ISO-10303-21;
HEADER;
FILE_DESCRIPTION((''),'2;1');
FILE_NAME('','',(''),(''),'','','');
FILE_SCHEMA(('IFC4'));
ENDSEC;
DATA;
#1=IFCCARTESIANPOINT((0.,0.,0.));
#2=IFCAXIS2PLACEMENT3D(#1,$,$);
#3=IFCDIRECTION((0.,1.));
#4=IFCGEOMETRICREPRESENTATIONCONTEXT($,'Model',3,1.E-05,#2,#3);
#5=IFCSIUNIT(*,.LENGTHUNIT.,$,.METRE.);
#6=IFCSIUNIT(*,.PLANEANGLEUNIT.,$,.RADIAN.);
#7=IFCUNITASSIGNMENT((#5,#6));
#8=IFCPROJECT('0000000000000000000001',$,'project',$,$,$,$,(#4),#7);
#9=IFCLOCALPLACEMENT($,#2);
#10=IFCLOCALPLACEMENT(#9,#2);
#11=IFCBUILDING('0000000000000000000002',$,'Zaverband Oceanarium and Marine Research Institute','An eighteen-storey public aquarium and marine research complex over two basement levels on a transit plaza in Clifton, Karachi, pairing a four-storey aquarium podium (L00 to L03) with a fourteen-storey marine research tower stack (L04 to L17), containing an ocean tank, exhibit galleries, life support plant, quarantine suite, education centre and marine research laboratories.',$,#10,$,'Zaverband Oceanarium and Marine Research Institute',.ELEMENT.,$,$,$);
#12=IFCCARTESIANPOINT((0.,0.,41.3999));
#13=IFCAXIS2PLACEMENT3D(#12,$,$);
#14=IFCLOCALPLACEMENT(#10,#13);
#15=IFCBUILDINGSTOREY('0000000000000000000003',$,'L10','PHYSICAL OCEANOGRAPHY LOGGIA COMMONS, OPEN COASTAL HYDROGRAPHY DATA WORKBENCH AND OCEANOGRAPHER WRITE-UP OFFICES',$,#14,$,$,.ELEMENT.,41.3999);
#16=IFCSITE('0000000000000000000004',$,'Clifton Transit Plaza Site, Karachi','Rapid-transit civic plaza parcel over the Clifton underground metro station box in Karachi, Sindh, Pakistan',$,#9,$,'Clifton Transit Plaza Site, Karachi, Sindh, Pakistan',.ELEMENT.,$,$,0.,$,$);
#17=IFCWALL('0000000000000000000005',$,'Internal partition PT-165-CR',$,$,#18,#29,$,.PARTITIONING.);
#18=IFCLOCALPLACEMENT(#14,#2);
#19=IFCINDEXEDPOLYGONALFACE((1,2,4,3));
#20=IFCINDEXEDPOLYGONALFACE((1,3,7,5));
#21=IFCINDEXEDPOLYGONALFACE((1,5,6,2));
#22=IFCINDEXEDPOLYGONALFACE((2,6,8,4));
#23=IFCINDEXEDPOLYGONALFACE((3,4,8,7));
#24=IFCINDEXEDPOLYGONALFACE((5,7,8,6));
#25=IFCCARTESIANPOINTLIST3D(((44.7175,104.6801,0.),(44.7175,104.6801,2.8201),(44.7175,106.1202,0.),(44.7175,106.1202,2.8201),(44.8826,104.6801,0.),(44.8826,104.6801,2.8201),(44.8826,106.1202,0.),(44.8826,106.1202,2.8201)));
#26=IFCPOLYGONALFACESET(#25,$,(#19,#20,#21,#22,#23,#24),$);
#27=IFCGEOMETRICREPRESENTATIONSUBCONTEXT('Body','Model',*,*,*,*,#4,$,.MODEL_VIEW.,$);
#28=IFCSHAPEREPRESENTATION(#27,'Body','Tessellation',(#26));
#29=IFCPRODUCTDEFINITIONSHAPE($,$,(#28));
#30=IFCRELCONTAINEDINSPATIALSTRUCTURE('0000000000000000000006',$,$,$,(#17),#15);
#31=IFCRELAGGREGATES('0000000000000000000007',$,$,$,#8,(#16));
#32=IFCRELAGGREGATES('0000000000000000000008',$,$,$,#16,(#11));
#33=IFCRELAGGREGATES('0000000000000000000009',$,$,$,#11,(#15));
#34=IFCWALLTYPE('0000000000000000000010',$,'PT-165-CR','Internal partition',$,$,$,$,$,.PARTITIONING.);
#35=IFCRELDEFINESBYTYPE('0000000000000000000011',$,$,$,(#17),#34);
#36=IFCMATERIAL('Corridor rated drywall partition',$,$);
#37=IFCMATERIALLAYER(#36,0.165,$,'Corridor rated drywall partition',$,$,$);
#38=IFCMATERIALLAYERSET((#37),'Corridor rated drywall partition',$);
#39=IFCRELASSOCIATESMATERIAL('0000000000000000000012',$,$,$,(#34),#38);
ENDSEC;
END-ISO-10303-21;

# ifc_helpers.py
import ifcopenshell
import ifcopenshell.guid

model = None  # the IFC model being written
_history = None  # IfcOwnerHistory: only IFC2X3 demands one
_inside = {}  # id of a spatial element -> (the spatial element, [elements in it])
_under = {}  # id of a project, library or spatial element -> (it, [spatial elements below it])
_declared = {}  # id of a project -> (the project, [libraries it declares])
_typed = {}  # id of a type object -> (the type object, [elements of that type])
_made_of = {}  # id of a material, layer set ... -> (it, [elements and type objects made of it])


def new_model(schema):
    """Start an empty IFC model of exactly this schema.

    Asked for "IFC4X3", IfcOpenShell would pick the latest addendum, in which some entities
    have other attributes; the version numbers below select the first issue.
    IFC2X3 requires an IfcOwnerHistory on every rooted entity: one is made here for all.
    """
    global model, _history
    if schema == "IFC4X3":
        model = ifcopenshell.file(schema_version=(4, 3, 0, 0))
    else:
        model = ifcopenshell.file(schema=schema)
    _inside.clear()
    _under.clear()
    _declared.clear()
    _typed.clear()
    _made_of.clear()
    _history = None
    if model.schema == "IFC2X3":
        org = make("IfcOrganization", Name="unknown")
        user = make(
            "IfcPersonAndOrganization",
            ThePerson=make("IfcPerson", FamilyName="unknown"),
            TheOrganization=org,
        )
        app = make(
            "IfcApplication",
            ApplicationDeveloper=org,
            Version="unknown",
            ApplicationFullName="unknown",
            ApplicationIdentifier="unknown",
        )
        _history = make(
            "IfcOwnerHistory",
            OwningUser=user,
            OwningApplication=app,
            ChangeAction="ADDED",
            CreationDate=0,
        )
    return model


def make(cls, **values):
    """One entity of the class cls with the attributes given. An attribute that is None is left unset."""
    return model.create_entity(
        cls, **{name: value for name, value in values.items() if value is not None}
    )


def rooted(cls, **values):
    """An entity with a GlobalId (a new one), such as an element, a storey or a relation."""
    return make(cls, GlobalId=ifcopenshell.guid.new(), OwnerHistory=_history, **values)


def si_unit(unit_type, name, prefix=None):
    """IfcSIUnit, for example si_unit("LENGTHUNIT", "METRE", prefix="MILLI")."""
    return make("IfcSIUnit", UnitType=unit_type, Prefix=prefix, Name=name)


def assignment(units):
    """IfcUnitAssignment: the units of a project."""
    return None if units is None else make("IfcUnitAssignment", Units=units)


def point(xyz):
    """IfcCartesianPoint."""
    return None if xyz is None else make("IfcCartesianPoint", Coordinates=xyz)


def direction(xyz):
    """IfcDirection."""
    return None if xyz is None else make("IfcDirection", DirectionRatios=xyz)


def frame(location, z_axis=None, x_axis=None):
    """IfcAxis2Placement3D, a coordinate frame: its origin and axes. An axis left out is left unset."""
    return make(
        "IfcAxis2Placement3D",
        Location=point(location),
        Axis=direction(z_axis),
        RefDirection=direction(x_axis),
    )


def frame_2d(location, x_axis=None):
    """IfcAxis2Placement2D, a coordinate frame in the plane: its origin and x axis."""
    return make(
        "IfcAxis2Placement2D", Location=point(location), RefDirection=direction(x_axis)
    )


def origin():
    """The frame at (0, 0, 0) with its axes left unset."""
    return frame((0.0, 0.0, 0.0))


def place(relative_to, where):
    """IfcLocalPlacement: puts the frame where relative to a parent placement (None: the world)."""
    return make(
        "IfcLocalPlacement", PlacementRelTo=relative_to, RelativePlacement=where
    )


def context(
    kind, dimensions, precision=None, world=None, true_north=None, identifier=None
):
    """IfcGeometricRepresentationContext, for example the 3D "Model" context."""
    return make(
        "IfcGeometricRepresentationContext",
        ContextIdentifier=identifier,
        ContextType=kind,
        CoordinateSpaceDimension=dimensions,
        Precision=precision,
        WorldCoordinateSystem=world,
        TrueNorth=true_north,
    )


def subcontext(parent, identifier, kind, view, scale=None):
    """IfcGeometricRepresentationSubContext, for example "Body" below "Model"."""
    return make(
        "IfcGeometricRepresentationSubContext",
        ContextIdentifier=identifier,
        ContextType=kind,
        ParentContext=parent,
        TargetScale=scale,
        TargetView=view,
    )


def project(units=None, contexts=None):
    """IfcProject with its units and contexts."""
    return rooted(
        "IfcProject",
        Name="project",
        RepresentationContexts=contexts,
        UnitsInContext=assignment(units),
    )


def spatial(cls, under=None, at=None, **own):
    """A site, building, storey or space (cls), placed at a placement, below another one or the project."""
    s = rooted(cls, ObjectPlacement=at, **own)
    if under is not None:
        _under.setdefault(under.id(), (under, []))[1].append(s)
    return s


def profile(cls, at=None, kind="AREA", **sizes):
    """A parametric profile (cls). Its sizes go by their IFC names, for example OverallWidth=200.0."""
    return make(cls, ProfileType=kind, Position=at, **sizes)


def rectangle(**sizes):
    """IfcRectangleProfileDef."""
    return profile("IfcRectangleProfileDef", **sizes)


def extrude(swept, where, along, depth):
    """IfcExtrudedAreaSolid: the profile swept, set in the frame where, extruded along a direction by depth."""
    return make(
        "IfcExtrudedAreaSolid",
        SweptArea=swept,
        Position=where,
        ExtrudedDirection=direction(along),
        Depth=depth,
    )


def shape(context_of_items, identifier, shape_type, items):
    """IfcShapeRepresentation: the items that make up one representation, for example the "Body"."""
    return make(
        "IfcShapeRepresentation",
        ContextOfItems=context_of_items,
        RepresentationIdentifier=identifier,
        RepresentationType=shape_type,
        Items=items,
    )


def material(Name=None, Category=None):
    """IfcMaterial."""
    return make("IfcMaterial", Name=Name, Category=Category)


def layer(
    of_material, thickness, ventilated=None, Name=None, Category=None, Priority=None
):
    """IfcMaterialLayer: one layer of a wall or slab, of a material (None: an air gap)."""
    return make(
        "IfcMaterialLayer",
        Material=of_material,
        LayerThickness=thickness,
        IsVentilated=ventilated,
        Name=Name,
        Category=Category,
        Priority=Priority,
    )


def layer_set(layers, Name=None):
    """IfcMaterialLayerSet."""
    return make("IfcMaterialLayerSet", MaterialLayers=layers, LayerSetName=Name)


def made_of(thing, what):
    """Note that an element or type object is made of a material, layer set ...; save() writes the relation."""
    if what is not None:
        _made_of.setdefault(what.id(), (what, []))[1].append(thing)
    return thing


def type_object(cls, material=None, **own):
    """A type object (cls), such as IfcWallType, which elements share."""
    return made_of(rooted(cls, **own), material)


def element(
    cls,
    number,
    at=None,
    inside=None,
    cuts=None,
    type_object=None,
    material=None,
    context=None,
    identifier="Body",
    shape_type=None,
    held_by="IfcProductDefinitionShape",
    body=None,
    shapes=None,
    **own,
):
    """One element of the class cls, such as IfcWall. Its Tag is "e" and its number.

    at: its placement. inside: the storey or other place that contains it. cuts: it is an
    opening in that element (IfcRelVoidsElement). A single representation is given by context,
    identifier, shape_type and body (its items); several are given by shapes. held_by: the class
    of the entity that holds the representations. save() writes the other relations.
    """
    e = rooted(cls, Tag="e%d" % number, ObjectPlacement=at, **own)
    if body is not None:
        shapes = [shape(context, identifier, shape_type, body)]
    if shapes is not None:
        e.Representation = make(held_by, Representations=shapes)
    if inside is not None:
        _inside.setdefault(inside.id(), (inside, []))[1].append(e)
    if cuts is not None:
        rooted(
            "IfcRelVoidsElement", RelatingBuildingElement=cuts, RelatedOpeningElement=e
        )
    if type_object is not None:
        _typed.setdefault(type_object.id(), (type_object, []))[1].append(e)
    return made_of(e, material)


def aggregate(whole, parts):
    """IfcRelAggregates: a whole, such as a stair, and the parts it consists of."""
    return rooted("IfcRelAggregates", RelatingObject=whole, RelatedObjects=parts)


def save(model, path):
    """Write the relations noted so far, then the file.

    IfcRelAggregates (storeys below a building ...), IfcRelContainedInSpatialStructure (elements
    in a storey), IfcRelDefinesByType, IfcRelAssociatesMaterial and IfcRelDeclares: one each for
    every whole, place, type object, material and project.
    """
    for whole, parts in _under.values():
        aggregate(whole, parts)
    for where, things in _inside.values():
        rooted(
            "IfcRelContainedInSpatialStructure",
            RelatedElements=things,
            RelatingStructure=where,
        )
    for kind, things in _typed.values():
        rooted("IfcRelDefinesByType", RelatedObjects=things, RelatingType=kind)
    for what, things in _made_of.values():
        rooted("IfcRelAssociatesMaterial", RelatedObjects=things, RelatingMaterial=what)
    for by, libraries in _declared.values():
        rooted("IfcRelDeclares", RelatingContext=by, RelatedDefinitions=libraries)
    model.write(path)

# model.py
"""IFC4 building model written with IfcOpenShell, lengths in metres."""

from ifc_helpers import new_model, si_unit, direction, frame, frame_2d, origin, place, context, subcontext, project, spatial, rectangle, extrude, material, layer, layer_set, type_object, element, save


model = new_model("IFC4")

# Units and contexts
model_context = context("Model", 3, precision=1e-05, world=origin(), true_north=direction((0.0, 1.0)))
body_context = subcontext(model_context, "Body", "Model", "MODEL_VIEW")
ifc_project = project(units=[si_unit("LENGTHUNIT", "METRE"), si_unit("PLANEANGLEUNIT", "RADIAN")], contexts=[model_context])

# Site, building, storey
site_placement = place(None, origin())
site = spatial("IfcSite", under=ifc_project, at=site_placement, Name="Clifton Transit Plaza Site, Karachi", Description="Rapid-transit civic plaza parcel over the Clifton underground metro station box in Karachi, Sindh, Pakistan", LongName="Clifton Transit Plaza Site, Karachi, Sindh, Pakistan", CompositionType="ELEMENT", RefElevation=0.0)
building_placement = place(site_placement, origin())
building = spatial("IfcBuilding", under=site, at=building_placement, Name="Zaverband Oceanarium and Marine Research Institute", Description="An eighteen-storey public aquarium and marine research complex over two basement levels on a transit plaza in Clifton, Karachi, pairing a four-storey aquarium podium (L00 to L03) with a fourteen-storey marine research tower stack (L04 to L17), containing an ocean tank, exhibit galleries, life support plant, quarantine suite, education centre and marine research laboratories.", LongName="Zaverband Oceanarium and Marine Research Institute", CompositionType="ELEMENT")
storey_placement = place(building_placement, frame((0.0, 0.0, 41.3999)))
storey = spatial("IfcBuildingStorey", under=building, at=storey_placement, Name="L10", Description="PHYSICAL OCEANOGRAPHY LOGGIA COMMONS, OPEN COASTAL HYDROGRAPHY DATA WORKBENCH AND OCEANOGRAPHER WRITE-UP OFFICES", CompositionType="ELEMENT", Elevation=41.3999)

# Wall
ifc_material_1 = material(Name="Corridor rated drywall partition")
ifc_layer_1 = layer(ifc_material_1, 0.165, Name="Corridor rated drywall partition")
ifc_layer_set_1 = layer_set([ifc_layer_1], Name="Corridor rated drywall partition")
wall_type_1 = type_object("IfcWallType", Name="PT-165-CR", Description="Internal partition", PredefinedType="PARTITIONING", material=ifc_layer_set_1)
wall_1_placement = place(storey_placement, frame((44.8, 104.6799, 0.0), z_axis=(0.0, 0.0, 1.0), x_axis=(0.0, 1.0, 0.0)))
element("IfcWall", 1, at=wall_1_placement, inside=storey, type_object=wall_type_1, Name="Internal partition PT-165-CR", PredefinedType="PARTITIONING", context=body_context, shape_type="SweptSolid", body=[
    extrude(rectangle(XDim=1.4402, YDim=0.165, at=frame_2d((0.7202, 0.0))), origin(), (0.0, 0.0, 1.0), 2.8201),
])

save(model, "model.ifc")
